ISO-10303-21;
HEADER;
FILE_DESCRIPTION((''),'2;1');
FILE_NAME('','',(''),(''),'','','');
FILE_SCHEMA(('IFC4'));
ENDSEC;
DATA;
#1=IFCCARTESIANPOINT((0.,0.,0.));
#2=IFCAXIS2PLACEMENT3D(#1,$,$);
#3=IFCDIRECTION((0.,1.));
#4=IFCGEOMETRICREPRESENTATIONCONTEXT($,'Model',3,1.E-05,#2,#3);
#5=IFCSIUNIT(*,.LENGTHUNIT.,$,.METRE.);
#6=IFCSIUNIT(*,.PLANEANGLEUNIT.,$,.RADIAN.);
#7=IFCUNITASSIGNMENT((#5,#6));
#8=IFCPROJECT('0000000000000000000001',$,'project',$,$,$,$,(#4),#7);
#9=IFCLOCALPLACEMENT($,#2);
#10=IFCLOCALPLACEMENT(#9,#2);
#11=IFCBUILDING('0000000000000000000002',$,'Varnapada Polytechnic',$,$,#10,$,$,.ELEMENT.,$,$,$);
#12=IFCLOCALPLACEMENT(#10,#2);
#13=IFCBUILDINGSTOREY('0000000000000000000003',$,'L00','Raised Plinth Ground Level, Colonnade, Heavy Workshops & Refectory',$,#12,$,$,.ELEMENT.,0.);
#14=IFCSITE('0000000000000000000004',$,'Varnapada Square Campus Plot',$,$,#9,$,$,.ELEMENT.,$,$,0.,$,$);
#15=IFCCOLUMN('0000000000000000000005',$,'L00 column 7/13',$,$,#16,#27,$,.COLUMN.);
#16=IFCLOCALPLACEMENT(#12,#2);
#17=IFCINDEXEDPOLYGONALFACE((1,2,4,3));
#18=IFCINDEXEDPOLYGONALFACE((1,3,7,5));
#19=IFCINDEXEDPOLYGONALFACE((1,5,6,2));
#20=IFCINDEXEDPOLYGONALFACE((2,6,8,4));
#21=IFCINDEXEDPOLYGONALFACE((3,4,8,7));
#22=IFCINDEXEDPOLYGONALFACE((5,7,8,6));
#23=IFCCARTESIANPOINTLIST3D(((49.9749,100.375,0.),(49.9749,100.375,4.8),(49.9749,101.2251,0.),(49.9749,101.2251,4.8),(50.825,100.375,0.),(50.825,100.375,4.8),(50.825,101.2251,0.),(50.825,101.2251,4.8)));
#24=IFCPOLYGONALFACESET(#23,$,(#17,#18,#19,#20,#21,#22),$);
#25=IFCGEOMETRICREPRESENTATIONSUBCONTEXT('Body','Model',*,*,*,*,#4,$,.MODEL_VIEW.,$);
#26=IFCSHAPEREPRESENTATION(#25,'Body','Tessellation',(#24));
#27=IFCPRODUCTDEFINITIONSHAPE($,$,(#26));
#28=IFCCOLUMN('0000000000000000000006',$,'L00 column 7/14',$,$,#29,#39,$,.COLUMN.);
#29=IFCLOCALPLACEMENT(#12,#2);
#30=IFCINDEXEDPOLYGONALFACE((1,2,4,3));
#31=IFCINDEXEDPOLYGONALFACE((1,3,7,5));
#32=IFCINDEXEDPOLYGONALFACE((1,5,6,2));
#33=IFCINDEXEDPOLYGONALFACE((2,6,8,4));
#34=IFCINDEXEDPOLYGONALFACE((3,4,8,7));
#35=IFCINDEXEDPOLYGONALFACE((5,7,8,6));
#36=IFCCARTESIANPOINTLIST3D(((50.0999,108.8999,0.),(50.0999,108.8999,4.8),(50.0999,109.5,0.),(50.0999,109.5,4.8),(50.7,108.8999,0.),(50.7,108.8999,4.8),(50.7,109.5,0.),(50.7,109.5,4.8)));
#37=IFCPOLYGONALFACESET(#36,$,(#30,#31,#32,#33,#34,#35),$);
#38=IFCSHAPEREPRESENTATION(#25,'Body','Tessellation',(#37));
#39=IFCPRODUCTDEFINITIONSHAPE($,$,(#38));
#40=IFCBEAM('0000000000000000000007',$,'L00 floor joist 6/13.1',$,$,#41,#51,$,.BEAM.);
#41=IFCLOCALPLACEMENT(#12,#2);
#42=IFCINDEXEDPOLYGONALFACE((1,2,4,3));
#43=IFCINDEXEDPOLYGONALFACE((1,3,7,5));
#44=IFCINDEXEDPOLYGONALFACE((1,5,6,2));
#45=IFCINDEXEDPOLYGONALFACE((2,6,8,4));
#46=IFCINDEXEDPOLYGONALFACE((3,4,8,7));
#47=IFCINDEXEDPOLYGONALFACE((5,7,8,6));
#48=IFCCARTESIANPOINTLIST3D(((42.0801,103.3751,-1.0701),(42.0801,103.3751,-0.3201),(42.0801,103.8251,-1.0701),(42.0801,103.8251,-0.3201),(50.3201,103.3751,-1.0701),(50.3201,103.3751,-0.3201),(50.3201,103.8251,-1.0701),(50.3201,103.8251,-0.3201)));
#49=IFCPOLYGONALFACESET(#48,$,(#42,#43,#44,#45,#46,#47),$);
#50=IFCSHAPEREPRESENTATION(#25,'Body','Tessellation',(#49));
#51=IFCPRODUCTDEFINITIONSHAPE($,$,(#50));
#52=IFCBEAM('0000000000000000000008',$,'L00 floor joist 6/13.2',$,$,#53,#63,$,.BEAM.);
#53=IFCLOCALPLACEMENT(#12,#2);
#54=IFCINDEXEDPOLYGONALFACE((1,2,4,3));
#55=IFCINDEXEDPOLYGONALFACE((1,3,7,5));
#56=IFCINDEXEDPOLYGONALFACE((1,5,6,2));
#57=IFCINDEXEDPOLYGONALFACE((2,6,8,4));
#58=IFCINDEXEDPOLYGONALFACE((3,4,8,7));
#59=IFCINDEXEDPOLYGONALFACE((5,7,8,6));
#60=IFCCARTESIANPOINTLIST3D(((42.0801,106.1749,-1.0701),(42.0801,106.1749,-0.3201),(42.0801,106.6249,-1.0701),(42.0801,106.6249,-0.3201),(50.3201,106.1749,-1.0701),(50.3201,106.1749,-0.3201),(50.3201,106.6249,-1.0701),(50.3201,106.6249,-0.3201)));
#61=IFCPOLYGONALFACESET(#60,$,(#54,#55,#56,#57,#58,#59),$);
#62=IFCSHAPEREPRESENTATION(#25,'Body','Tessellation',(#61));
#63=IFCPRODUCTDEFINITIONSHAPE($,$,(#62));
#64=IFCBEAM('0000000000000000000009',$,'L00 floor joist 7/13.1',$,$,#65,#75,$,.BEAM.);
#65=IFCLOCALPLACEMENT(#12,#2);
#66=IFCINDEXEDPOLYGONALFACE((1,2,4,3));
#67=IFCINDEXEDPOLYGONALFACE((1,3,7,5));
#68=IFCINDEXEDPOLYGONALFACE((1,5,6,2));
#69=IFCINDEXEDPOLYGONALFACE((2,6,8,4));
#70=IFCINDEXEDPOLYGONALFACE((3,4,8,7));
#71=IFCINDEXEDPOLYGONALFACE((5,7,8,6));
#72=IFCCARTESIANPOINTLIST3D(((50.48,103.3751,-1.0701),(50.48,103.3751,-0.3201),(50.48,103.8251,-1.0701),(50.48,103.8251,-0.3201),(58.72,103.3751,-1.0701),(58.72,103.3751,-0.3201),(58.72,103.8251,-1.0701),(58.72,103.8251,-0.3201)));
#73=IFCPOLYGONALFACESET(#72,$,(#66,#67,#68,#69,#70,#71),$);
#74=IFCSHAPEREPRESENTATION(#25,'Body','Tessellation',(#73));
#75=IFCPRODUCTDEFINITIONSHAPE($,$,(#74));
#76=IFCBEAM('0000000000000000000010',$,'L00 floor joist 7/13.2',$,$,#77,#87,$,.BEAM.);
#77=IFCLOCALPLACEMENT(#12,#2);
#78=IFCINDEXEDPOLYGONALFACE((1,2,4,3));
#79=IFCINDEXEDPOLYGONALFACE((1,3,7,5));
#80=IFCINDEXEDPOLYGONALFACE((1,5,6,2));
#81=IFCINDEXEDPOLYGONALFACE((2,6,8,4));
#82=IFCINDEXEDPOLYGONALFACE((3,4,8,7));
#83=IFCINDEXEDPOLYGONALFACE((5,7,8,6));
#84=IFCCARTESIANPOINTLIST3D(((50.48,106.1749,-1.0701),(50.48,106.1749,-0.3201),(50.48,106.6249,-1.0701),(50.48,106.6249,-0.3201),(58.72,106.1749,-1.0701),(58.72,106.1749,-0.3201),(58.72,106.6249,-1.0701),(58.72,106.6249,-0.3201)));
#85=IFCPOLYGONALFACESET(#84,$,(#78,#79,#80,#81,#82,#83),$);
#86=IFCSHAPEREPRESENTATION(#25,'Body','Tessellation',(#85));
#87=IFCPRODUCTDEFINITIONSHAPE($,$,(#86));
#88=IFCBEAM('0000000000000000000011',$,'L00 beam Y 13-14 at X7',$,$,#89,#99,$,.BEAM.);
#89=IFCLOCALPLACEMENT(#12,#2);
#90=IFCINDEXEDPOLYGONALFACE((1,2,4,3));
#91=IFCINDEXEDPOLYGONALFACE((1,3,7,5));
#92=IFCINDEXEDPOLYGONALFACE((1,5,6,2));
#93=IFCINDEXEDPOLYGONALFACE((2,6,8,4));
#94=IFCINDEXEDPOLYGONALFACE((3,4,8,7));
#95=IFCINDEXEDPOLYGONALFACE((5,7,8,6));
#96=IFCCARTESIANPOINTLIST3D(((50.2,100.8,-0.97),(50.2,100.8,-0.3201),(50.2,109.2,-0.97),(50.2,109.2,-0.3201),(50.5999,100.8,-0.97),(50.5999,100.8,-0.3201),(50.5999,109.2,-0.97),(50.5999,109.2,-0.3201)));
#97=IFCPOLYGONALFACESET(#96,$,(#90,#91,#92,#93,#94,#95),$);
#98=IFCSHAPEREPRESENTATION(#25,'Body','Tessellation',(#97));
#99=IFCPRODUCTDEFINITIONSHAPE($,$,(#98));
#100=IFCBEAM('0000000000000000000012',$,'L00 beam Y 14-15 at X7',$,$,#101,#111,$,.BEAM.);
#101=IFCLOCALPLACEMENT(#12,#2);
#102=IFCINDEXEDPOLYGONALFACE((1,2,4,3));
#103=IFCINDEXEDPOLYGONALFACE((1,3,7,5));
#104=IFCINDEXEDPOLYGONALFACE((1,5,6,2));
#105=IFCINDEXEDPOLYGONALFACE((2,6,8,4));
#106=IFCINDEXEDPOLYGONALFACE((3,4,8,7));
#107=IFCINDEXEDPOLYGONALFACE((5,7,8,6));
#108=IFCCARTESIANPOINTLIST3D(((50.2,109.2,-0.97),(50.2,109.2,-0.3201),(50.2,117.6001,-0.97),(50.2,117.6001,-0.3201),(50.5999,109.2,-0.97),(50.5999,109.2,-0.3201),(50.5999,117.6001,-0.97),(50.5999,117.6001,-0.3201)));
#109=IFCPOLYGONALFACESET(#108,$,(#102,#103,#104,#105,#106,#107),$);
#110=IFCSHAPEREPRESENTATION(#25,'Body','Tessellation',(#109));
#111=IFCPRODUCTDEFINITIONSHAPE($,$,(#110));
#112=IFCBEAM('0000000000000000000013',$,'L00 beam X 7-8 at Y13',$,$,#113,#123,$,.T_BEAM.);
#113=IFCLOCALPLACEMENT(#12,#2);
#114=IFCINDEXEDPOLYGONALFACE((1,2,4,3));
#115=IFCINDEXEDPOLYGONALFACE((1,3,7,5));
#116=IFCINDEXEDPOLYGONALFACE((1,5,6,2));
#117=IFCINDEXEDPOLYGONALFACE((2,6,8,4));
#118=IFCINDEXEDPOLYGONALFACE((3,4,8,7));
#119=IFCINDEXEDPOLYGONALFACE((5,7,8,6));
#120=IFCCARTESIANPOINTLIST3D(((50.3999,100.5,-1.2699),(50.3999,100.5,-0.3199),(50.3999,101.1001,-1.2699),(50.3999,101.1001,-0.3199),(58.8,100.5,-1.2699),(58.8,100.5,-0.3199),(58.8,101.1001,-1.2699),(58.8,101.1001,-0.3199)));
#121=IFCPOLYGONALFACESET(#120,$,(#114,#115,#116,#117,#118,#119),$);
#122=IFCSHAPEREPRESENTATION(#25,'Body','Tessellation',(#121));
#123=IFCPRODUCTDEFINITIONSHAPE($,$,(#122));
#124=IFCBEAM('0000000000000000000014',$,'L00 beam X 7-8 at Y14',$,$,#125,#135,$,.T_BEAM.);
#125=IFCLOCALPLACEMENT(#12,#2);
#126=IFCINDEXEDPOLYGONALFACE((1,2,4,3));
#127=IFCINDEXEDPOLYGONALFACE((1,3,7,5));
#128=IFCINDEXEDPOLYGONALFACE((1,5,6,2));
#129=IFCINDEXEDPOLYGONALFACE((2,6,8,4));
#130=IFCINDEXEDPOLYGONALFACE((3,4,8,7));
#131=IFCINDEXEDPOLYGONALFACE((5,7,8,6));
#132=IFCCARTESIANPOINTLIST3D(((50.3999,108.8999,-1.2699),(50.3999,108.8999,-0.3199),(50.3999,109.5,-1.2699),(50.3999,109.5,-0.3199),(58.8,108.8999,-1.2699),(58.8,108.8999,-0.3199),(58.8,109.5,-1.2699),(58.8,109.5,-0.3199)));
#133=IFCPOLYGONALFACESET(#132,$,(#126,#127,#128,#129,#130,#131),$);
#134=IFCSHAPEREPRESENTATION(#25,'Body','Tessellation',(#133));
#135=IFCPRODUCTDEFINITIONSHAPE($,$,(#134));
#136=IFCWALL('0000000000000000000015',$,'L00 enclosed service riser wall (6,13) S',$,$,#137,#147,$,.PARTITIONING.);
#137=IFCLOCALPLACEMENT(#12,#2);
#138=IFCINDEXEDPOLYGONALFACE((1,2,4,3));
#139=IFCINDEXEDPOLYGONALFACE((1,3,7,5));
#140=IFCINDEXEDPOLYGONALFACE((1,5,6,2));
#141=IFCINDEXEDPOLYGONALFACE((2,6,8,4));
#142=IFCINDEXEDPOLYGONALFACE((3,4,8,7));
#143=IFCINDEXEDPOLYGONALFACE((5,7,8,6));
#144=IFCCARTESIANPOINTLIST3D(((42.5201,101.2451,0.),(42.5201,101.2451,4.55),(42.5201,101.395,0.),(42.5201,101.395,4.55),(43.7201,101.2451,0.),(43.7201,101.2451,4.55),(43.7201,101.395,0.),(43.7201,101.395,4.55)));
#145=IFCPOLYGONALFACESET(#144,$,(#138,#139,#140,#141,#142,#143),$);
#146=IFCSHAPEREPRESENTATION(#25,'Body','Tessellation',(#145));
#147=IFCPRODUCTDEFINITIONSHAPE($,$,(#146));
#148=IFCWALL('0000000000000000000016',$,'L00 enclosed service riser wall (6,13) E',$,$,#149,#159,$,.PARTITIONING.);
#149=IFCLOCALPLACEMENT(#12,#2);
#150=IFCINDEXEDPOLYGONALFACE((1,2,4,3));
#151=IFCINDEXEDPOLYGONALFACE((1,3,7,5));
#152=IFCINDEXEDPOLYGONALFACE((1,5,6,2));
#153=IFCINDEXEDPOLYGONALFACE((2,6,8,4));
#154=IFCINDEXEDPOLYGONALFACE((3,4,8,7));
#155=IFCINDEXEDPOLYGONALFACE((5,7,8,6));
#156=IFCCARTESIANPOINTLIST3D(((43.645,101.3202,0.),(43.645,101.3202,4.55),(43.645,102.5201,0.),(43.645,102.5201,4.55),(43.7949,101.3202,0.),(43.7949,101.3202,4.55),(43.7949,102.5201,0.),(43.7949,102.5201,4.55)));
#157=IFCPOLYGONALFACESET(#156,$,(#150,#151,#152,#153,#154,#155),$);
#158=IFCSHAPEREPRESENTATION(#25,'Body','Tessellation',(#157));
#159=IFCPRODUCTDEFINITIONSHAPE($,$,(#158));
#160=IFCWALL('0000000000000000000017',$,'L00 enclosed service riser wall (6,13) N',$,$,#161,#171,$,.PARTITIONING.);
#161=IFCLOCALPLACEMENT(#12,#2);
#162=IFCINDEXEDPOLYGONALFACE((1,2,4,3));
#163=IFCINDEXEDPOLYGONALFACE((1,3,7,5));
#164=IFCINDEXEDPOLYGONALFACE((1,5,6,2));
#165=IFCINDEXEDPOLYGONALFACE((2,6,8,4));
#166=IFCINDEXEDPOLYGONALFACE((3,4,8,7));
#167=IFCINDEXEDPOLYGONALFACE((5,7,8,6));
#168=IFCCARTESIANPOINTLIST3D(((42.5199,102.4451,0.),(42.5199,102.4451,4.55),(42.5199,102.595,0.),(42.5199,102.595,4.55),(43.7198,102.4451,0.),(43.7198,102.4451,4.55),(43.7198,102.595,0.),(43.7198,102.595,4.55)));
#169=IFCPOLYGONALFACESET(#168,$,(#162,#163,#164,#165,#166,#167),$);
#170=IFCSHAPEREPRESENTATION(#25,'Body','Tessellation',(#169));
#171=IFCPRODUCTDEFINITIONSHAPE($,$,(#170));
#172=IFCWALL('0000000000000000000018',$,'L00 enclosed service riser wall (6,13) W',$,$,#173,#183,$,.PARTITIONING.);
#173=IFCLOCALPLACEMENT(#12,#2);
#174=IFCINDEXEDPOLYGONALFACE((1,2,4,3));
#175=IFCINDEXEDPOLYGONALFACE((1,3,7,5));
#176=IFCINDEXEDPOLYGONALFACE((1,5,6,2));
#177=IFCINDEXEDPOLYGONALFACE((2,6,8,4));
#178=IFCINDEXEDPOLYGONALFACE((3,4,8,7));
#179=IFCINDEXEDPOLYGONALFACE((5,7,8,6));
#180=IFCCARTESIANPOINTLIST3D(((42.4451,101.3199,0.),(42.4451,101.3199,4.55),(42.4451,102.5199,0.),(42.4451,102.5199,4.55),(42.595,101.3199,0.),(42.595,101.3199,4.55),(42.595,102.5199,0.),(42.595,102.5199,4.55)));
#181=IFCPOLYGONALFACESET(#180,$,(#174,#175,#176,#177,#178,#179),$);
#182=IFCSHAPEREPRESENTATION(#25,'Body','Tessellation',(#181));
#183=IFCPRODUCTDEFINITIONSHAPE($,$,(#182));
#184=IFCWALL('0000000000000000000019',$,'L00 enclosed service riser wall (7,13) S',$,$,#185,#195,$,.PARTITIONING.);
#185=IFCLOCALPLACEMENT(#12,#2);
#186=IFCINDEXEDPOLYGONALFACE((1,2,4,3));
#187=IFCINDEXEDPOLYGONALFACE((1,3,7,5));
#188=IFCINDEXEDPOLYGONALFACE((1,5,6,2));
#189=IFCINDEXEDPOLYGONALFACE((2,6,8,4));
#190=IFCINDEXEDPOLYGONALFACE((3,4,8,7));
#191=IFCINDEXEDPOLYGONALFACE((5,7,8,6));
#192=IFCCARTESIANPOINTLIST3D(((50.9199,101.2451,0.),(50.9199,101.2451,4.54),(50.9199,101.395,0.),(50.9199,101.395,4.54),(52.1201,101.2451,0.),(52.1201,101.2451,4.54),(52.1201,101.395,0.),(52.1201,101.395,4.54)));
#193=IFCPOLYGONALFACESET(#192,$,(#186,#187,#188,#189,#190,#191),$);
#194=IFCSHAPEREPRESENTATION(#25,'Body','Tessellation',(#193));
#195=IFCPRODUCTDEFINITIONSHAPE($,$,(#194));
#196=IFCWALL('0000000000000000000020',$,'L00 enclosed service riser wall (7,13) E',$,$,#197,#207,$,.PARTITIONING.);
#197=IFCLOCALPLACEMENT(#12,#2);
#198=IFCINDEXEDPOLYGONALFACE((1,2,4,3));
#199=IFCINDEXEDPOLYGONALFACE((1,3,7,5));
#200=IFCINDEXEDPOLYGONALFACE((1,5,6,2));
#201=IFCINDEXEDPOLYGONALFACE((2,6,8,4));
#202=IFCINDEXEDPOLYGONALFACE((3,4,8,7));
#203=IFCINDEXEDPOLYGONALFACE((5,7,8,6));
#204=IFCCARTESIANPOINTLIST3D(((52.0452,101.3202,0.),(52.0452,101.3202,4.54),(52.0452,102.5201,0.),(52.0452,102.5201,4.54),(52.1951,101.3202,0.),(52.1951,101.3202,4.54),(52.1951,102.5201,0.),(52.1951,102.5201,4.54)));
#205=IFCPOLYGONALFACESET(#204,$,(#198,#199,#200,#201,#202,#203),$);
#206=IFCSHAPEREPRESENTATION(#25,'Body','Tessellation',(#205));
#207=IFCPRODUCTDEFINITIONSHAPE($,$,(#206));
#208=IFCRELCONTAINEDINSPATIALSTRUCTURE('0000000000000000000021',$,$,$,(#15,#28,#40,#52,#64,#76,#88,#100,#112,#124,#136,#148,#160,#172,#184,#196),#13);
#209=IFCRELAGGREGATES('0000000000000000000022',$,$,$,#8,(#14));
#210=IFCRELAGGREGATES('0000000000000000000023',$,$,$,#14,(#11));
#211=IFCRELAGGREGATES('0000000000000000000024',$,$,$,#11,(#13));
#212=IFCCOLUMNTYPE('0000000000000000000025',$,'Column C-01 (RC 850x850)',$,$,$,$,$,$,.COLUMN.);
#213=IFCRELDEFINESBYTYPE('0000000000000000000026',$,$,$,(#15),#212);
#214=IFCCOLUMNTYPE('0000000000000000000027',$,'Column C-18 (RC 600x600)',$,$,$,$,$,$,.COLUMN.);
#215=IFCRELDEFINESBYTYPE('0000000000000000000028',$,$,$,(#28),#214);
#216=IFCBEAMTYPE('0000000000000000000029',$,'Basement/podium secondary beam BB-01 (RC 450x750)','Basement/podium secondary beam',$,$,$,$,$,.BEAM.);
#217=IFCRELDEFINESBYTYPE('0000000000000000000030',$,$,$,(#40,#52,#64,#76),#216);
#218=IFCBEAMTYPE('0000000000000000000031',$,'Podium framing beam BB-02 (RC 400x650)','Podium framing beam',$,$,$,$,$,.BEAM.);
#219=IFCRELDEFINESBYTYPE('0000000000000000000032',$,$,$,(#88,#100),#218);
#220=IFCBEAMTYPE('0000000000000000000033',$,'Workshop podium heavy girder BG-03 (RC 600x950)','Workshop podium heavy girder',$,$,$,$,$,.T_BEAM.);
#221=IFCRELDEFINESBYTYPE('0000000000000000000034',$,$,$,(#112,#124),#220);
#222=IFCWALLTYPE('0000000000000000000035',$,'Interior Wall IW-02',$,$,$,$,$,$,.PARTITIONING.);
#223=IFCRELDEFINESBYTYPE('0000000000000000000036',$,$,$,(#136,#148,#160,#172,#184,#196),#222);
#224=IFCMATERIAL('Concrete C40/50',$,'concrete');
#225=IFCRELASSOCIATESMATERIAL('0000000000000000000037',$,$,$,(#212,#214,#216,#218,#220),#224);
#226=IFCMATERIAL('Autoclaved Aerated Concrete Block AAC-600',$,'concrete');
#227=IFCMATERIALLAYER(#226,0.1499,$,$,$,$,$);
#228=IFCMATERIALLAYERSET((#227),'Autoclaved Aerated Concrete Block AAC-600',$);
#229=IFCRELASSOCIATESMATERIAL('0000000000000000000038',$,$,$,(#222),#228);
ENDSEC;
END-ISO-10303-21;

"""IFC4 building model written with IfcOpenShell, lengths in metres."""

from ifc_helpers import new_model, si_unit, direction, frame, frame_2d, origin, origin_2d, place, context, subcontext, project, spatial, rectangle, extrude, material, layer, layer_set, material_profile, profile_set, type_object, element, save


model = new_model("IFC4")

# Units and contexts
model_context = context("Model", 3, precision=1e-05, world=origin(), true_north=direction((0.0, 1.0)))
body_context = subcontext(model_context, "Body", "Model", "MODEL_VIEW")
ifc_project = project(units=[si_unit("LENGTHUNIT", "METRE"), si_unit("PLANEANGLEUNIT", "RADIAN")], contexts=[model_context])

# Site, building, storey
site_placement = place(None, origin())
site = spatial("IfcSite", under=ifc_project, at=site_placement, Name="Varnapada Square Campus Plot", CompositionType="ELEMENT", RefElevation=0.0)
building_placement = place(site_placement, origin())
building = spatial("IfcBuilding", under=site, at=building_placement, Name="Varnapada Polytechnic", CompositionType="ELEMENT")
storey_placement = place(building_placement, origin())
storey = spatial("IfcBuildingStorey", under=building, at=storey_placement, Name="L00", Description="Raised Plinth Ground Level, Colonnade, Heavy Workshops & Refectory", CompositionType="ELEMENT", Elevation=0.0)

# Columns
ifc_material_1 = material(Name="Concrete C40/50", Category="concrete")
ifc_material_profile_1 = material_profile(ifc_material_1, rectangle(XDim=0.8501, YDim=0.8501, at=origin_2d()), Name="RC 850x850")
ifc_profile_set_1 = profile_set([ifc_material_profile_1], Name="Concrete C40/50")
column_type_1 = type_object("IfcColumnType", Name="Column C-01 (RC 850x850)", PredefinedType="COLUMN", material=ifc_profile_set_1)
column_1_placement = place(storey_placement, frame((50.3999, 100.8, 0.0), z_axis=(0.0, 0.0, 1.0), x_axis=(1.0, 0.0, 0.0)))
element("IfcColumn", 1, at=column_1_placement, inside=storey, type_object=column_type_1, Name="L00 column 7/13", PredefinedType="COLUMN", context=body_context, shape_type="SweptSolid", body=[
    extrude(rectangle(XDim=0.8501, YDim=0.8501, at=origin_2d()), origin(), (0.0, 0.0, 1.0), 4.8),
])
ifc_material_profile_2 = material_profile(ifc_material_1, rectangle(XDim=0.6001, YDim=0.6001, at=origin_2d()), Name="RC 600x600")
ifc_profile_set_2 = profile_set([ifc_material_profile_2], Name="Concrete C40/50")
column_type_2 = type_object("IfcColumnType", Name="Column C-18 (RC 600x600)", PredefinedType="COLUMN", material=ifc_profile_set_2)
column_2_placement = place(storey_placement, frame((50.3999, 109.2, 0.0), z_axis=(0.0, 0.0, 1.0), x_axis=(1.0, 0.0, 0.0)))
element("IfcColumn", 2, at=column_2_placement, inside=storey, type_object=column_type_2, Name="L00 column 7/14", PredefinedType="COLUMN", context=body_context, shape_type="SweptSolid", body=[
    extrude(rectangle(XDim=0.6001, YDim=0.6001, at=origin_2d()), origin(), (0.0, 0.0, 1.0), 4.8),
])

# Beams
ifc_material_profile_3 = material_profile(ifc_material_1, rectangle(XDim=0.45, YDim=0.75, at=origin_2d()), Name="RC 450x750")
ifc_profile_set_3 = profile_set([ifc_material_profile_3], Name="Concrete C40/50")
beam_type_1 = type_object("IfcBeamType", Name="Basement/podium secondary beam BB-01 (RC 450x750)", Description="Basement/podium secondary beam", PredefinedType="BEAM", material=ifc_profile_set_3)
for number, where, z_axis, x_axis, name in (
    (3, (42.0801, 103.6001, -0.6951), (1.0, 0.0, 0.0), (0.0, 1.0, 0.0), "L00 floor joist 6/13.1"),
    (4, (42.0801, 106.3999, -0.6951), (1.0, 0.0, 0.0), (0.0, 1.0, 0.0), "L00 floor joist 6/13.2"),
    (5, (50.48, 103.6001, -0.6951), (1.0, 0.0, 0.0), (0.0, 1.0, 0.0), "L00 floor joist 7/13.1"),
    (6, (50.48, 106.3999, -0.6951), (1.0, 0.0, 0.0), (0.0, 1.0, 0.0), "L00 floor joist 7/13.2"),
):
    element("IfcBeam", number, at=place(storey_placement, frame(where, z_axis=z_axis, x_axis=x_axis)), inside=storey, type_object=beam_type_1, Name=name, PredefinedType="BEAM", context=body_context, shape_type="SweptSolid", body=[
        extrude(rectangle(XDim=0.45, YDim=0.75, at=origin_2d()), origin(), (0.0, 0.0, 1.0), 8.24),
    ])
ifc_material_profile_4 = material_profile(ifc_material_1, rectangle(XDim=0.3999, YDim=0.6499, at=origin_2d()), Name="RC 400x650")
ifc_profile_set_4 = profile_set([ifc_material_profile_4], Name="Concrete C40/50")
beam_type_2 = type_object("IfcBeamType", Name="Podium framing beam BB-02 (RC 400x650)", Description="Podium framing beam", PredefinedType="BEAM", material=ifc_profile_set_4)
beam_1_placement = place(storey_placement, frame((50.3999, 100.8, -0.645), z_axis=(0.0, 1.0, 0.0), x_axis=(-1.0, 0.0, 0.0)))
element("IfcBeam", 7, at=beam_1_placement, inside=storey, type_object=beam_type_2, Name="L00 beam Y 13-14 at X7", PredefinedType="BEAM", context=body_context, shape_type="SweptSolid", body=[
    extrude(rectangle(XDim=0.3999, YDim=0.6499, at=origin_2d()), origin(), (0.0, 0.0, 1.0), 8.3999),
])
beam_2_placement = place(storey_placement, frame((50.3999, 109.2, -0.645), z_axis=(0.0, 1.0, 0.0), x_axis=(-1.0, 0.0, 0.0)))
element("IfcBeam", 8, at=beam_2_placement, inside=storey, type_object=beam_type_2, Name="L00 beam Y 14-15 at X7", PredefinedType="BEAM", context=body_context, shape_type="SweptSolid", body=[
    extrude(rectangle(XDim=0.3999, YDim=0.6499, at=origin_2d()), origin(), (0.0, 0.0, 1.0), 8.4001),
])
ifc_material_profile_5 = material_profile(ifc_material_1, rectangle(XDim=0.6001, YDim=0.95, at=origin_2d()), Name="RC 600x950")
ifc_profile_set_5 = profile_set([ifc_material_profile_5], Name="Concrete C40/50")
beam_type_3 = type_object("IfcBeamType", Name="Workshop podium heavy girder BG-03 (RC 600x950)", Description="Workshop podium heavy girder", PredefinedType="T_BEAM", material=ifc_profile_set_5)
for number, where, z_axis, x_axis, name in (
    (9, (50.3999, 100.8, -0.7949), (1.0, 0.0, 0.0), (0.0, 1.0, 0.0), "L00 beam X 7-8 at Y13"),
    (10, (50.3999, 109.2, -0.7949), (1.0, 0.0, 0.0), (0.0, 1.0, 0.0), "L00 beam X 7-8 at Y14"),
):
    element("IfcBeam", number, at=place(storey_placement, frame(where, z_axis=z_axis, x_axis=x_axis)), inside=storey, type_object=beam_type_3, Name=name, PredefinedType="T_BEAM", context=body_context, shape_type="SweptSolid", body=[
        extrude(rectangle(XDim=0.6001, YDim=0.95, at=origin_2d()), origin(), (0.0, 0.0, 1.0), 8.4001),
    ])

# Walls
ifc_material_2 = material(Name="Autoclaved Aerated Concrete Block AAC-600", Category="concrete")
ifc_layer_1 = layer(ifc_material_2, 0.1499)
ifc_layer_set_1 = layer_set([ifc_layer_1], Name="Autoclaved Aerated Concrete Block AAC-600")
wall_type_1 = type_object("IfcWallType", Name="Interior Wall IW-02", PredefinedType="PARTITIONING", material=ifc_layer_set_1)
for number, where, z_axis, x_axis, name in (
    (11, (42.52, 101.3201, 0.0), (0.0, 0.0, 1.0), (1.0, 0.0, 0.0), "L00 enclosed service riser wall (6,13) S"),
    (12, (43.72, 101.3201, 0.0), (0.0, 0.0, 1.0), (0.0, 1.0, 0.0), "L00 enclosed service riser wall (6,13) E"),
    (13, (43.72, 102.52, 0.0), (0.0, 0.0, 1.0), (-1.0, 0.0, 0.0), "L00 enclosed service riser wall (6,13) N"),
    (14, (42.52, 102.52, 0.0), (0.0, 0.0, 1.0), (0.0, -1.0, 0.0), "L00 enclosed service riser wall (6,13) W"),
):
    element("IfcWall", number, at=place(storey_placement, frame(where, z_axis=z_axis, x_axis=x_axis)), inside=storey, type_object=wall_type_1, Name=name, PredefinedType="PARTITIONING", context=body_context, shape_type="SweptSolid", body=[
        extrude(rectangle(XDim=1.2, YDim=0.1499, at=frame_2d((0.6001, 0.0))), origin(), (0.0, 0.0, 1.0), 4.55),
    ])
wall_1_placement = place(storey_placement, frame((50.9199, 101.3201, 0.0), z_axis=(0.0, 0.0, 1.0), x_axis=(1.0, 0.0, 0.0)))
element("IfcWall", 15, at=wall_1_placement, inside=storey, type_object=wall_type_1, Name="L00 enclosed service riser wall (7,13) S", PredefinedType="PARTITIONING", context=body_context, shape_type="SweptSolid", body=[
    extrude(rectangle(XDim=1.2002, YDim=0.1499, at=frame_2d((0.6001, 0.0))), origin(), (0.0, 0.0, 1.0), 4.54),
])
wall_2_placement = place(storey_placement, frame((52.1201, 101.3201, 0.0), z_axis=(0.0, 0.0, 1.0), x_axis=(0.0, 1.0, 0.0)))
element("IfcWall", 16, at=wall_2_placement, inside=storey, type_object=wall_type_1, Name="L00 enclosed service riser wall (7,13) E", PredefinedType="PARTITIONING", context=body_context, shape_type="SweptSolid", body=[
    extrude(rectangle(XDim=1.2, YDim=0.1499, at=frame_2d((0.6001, 0.0))), origin(), (0.0, 0.0, 1.0), 4.54),
])

save(model, "model.ifc")
